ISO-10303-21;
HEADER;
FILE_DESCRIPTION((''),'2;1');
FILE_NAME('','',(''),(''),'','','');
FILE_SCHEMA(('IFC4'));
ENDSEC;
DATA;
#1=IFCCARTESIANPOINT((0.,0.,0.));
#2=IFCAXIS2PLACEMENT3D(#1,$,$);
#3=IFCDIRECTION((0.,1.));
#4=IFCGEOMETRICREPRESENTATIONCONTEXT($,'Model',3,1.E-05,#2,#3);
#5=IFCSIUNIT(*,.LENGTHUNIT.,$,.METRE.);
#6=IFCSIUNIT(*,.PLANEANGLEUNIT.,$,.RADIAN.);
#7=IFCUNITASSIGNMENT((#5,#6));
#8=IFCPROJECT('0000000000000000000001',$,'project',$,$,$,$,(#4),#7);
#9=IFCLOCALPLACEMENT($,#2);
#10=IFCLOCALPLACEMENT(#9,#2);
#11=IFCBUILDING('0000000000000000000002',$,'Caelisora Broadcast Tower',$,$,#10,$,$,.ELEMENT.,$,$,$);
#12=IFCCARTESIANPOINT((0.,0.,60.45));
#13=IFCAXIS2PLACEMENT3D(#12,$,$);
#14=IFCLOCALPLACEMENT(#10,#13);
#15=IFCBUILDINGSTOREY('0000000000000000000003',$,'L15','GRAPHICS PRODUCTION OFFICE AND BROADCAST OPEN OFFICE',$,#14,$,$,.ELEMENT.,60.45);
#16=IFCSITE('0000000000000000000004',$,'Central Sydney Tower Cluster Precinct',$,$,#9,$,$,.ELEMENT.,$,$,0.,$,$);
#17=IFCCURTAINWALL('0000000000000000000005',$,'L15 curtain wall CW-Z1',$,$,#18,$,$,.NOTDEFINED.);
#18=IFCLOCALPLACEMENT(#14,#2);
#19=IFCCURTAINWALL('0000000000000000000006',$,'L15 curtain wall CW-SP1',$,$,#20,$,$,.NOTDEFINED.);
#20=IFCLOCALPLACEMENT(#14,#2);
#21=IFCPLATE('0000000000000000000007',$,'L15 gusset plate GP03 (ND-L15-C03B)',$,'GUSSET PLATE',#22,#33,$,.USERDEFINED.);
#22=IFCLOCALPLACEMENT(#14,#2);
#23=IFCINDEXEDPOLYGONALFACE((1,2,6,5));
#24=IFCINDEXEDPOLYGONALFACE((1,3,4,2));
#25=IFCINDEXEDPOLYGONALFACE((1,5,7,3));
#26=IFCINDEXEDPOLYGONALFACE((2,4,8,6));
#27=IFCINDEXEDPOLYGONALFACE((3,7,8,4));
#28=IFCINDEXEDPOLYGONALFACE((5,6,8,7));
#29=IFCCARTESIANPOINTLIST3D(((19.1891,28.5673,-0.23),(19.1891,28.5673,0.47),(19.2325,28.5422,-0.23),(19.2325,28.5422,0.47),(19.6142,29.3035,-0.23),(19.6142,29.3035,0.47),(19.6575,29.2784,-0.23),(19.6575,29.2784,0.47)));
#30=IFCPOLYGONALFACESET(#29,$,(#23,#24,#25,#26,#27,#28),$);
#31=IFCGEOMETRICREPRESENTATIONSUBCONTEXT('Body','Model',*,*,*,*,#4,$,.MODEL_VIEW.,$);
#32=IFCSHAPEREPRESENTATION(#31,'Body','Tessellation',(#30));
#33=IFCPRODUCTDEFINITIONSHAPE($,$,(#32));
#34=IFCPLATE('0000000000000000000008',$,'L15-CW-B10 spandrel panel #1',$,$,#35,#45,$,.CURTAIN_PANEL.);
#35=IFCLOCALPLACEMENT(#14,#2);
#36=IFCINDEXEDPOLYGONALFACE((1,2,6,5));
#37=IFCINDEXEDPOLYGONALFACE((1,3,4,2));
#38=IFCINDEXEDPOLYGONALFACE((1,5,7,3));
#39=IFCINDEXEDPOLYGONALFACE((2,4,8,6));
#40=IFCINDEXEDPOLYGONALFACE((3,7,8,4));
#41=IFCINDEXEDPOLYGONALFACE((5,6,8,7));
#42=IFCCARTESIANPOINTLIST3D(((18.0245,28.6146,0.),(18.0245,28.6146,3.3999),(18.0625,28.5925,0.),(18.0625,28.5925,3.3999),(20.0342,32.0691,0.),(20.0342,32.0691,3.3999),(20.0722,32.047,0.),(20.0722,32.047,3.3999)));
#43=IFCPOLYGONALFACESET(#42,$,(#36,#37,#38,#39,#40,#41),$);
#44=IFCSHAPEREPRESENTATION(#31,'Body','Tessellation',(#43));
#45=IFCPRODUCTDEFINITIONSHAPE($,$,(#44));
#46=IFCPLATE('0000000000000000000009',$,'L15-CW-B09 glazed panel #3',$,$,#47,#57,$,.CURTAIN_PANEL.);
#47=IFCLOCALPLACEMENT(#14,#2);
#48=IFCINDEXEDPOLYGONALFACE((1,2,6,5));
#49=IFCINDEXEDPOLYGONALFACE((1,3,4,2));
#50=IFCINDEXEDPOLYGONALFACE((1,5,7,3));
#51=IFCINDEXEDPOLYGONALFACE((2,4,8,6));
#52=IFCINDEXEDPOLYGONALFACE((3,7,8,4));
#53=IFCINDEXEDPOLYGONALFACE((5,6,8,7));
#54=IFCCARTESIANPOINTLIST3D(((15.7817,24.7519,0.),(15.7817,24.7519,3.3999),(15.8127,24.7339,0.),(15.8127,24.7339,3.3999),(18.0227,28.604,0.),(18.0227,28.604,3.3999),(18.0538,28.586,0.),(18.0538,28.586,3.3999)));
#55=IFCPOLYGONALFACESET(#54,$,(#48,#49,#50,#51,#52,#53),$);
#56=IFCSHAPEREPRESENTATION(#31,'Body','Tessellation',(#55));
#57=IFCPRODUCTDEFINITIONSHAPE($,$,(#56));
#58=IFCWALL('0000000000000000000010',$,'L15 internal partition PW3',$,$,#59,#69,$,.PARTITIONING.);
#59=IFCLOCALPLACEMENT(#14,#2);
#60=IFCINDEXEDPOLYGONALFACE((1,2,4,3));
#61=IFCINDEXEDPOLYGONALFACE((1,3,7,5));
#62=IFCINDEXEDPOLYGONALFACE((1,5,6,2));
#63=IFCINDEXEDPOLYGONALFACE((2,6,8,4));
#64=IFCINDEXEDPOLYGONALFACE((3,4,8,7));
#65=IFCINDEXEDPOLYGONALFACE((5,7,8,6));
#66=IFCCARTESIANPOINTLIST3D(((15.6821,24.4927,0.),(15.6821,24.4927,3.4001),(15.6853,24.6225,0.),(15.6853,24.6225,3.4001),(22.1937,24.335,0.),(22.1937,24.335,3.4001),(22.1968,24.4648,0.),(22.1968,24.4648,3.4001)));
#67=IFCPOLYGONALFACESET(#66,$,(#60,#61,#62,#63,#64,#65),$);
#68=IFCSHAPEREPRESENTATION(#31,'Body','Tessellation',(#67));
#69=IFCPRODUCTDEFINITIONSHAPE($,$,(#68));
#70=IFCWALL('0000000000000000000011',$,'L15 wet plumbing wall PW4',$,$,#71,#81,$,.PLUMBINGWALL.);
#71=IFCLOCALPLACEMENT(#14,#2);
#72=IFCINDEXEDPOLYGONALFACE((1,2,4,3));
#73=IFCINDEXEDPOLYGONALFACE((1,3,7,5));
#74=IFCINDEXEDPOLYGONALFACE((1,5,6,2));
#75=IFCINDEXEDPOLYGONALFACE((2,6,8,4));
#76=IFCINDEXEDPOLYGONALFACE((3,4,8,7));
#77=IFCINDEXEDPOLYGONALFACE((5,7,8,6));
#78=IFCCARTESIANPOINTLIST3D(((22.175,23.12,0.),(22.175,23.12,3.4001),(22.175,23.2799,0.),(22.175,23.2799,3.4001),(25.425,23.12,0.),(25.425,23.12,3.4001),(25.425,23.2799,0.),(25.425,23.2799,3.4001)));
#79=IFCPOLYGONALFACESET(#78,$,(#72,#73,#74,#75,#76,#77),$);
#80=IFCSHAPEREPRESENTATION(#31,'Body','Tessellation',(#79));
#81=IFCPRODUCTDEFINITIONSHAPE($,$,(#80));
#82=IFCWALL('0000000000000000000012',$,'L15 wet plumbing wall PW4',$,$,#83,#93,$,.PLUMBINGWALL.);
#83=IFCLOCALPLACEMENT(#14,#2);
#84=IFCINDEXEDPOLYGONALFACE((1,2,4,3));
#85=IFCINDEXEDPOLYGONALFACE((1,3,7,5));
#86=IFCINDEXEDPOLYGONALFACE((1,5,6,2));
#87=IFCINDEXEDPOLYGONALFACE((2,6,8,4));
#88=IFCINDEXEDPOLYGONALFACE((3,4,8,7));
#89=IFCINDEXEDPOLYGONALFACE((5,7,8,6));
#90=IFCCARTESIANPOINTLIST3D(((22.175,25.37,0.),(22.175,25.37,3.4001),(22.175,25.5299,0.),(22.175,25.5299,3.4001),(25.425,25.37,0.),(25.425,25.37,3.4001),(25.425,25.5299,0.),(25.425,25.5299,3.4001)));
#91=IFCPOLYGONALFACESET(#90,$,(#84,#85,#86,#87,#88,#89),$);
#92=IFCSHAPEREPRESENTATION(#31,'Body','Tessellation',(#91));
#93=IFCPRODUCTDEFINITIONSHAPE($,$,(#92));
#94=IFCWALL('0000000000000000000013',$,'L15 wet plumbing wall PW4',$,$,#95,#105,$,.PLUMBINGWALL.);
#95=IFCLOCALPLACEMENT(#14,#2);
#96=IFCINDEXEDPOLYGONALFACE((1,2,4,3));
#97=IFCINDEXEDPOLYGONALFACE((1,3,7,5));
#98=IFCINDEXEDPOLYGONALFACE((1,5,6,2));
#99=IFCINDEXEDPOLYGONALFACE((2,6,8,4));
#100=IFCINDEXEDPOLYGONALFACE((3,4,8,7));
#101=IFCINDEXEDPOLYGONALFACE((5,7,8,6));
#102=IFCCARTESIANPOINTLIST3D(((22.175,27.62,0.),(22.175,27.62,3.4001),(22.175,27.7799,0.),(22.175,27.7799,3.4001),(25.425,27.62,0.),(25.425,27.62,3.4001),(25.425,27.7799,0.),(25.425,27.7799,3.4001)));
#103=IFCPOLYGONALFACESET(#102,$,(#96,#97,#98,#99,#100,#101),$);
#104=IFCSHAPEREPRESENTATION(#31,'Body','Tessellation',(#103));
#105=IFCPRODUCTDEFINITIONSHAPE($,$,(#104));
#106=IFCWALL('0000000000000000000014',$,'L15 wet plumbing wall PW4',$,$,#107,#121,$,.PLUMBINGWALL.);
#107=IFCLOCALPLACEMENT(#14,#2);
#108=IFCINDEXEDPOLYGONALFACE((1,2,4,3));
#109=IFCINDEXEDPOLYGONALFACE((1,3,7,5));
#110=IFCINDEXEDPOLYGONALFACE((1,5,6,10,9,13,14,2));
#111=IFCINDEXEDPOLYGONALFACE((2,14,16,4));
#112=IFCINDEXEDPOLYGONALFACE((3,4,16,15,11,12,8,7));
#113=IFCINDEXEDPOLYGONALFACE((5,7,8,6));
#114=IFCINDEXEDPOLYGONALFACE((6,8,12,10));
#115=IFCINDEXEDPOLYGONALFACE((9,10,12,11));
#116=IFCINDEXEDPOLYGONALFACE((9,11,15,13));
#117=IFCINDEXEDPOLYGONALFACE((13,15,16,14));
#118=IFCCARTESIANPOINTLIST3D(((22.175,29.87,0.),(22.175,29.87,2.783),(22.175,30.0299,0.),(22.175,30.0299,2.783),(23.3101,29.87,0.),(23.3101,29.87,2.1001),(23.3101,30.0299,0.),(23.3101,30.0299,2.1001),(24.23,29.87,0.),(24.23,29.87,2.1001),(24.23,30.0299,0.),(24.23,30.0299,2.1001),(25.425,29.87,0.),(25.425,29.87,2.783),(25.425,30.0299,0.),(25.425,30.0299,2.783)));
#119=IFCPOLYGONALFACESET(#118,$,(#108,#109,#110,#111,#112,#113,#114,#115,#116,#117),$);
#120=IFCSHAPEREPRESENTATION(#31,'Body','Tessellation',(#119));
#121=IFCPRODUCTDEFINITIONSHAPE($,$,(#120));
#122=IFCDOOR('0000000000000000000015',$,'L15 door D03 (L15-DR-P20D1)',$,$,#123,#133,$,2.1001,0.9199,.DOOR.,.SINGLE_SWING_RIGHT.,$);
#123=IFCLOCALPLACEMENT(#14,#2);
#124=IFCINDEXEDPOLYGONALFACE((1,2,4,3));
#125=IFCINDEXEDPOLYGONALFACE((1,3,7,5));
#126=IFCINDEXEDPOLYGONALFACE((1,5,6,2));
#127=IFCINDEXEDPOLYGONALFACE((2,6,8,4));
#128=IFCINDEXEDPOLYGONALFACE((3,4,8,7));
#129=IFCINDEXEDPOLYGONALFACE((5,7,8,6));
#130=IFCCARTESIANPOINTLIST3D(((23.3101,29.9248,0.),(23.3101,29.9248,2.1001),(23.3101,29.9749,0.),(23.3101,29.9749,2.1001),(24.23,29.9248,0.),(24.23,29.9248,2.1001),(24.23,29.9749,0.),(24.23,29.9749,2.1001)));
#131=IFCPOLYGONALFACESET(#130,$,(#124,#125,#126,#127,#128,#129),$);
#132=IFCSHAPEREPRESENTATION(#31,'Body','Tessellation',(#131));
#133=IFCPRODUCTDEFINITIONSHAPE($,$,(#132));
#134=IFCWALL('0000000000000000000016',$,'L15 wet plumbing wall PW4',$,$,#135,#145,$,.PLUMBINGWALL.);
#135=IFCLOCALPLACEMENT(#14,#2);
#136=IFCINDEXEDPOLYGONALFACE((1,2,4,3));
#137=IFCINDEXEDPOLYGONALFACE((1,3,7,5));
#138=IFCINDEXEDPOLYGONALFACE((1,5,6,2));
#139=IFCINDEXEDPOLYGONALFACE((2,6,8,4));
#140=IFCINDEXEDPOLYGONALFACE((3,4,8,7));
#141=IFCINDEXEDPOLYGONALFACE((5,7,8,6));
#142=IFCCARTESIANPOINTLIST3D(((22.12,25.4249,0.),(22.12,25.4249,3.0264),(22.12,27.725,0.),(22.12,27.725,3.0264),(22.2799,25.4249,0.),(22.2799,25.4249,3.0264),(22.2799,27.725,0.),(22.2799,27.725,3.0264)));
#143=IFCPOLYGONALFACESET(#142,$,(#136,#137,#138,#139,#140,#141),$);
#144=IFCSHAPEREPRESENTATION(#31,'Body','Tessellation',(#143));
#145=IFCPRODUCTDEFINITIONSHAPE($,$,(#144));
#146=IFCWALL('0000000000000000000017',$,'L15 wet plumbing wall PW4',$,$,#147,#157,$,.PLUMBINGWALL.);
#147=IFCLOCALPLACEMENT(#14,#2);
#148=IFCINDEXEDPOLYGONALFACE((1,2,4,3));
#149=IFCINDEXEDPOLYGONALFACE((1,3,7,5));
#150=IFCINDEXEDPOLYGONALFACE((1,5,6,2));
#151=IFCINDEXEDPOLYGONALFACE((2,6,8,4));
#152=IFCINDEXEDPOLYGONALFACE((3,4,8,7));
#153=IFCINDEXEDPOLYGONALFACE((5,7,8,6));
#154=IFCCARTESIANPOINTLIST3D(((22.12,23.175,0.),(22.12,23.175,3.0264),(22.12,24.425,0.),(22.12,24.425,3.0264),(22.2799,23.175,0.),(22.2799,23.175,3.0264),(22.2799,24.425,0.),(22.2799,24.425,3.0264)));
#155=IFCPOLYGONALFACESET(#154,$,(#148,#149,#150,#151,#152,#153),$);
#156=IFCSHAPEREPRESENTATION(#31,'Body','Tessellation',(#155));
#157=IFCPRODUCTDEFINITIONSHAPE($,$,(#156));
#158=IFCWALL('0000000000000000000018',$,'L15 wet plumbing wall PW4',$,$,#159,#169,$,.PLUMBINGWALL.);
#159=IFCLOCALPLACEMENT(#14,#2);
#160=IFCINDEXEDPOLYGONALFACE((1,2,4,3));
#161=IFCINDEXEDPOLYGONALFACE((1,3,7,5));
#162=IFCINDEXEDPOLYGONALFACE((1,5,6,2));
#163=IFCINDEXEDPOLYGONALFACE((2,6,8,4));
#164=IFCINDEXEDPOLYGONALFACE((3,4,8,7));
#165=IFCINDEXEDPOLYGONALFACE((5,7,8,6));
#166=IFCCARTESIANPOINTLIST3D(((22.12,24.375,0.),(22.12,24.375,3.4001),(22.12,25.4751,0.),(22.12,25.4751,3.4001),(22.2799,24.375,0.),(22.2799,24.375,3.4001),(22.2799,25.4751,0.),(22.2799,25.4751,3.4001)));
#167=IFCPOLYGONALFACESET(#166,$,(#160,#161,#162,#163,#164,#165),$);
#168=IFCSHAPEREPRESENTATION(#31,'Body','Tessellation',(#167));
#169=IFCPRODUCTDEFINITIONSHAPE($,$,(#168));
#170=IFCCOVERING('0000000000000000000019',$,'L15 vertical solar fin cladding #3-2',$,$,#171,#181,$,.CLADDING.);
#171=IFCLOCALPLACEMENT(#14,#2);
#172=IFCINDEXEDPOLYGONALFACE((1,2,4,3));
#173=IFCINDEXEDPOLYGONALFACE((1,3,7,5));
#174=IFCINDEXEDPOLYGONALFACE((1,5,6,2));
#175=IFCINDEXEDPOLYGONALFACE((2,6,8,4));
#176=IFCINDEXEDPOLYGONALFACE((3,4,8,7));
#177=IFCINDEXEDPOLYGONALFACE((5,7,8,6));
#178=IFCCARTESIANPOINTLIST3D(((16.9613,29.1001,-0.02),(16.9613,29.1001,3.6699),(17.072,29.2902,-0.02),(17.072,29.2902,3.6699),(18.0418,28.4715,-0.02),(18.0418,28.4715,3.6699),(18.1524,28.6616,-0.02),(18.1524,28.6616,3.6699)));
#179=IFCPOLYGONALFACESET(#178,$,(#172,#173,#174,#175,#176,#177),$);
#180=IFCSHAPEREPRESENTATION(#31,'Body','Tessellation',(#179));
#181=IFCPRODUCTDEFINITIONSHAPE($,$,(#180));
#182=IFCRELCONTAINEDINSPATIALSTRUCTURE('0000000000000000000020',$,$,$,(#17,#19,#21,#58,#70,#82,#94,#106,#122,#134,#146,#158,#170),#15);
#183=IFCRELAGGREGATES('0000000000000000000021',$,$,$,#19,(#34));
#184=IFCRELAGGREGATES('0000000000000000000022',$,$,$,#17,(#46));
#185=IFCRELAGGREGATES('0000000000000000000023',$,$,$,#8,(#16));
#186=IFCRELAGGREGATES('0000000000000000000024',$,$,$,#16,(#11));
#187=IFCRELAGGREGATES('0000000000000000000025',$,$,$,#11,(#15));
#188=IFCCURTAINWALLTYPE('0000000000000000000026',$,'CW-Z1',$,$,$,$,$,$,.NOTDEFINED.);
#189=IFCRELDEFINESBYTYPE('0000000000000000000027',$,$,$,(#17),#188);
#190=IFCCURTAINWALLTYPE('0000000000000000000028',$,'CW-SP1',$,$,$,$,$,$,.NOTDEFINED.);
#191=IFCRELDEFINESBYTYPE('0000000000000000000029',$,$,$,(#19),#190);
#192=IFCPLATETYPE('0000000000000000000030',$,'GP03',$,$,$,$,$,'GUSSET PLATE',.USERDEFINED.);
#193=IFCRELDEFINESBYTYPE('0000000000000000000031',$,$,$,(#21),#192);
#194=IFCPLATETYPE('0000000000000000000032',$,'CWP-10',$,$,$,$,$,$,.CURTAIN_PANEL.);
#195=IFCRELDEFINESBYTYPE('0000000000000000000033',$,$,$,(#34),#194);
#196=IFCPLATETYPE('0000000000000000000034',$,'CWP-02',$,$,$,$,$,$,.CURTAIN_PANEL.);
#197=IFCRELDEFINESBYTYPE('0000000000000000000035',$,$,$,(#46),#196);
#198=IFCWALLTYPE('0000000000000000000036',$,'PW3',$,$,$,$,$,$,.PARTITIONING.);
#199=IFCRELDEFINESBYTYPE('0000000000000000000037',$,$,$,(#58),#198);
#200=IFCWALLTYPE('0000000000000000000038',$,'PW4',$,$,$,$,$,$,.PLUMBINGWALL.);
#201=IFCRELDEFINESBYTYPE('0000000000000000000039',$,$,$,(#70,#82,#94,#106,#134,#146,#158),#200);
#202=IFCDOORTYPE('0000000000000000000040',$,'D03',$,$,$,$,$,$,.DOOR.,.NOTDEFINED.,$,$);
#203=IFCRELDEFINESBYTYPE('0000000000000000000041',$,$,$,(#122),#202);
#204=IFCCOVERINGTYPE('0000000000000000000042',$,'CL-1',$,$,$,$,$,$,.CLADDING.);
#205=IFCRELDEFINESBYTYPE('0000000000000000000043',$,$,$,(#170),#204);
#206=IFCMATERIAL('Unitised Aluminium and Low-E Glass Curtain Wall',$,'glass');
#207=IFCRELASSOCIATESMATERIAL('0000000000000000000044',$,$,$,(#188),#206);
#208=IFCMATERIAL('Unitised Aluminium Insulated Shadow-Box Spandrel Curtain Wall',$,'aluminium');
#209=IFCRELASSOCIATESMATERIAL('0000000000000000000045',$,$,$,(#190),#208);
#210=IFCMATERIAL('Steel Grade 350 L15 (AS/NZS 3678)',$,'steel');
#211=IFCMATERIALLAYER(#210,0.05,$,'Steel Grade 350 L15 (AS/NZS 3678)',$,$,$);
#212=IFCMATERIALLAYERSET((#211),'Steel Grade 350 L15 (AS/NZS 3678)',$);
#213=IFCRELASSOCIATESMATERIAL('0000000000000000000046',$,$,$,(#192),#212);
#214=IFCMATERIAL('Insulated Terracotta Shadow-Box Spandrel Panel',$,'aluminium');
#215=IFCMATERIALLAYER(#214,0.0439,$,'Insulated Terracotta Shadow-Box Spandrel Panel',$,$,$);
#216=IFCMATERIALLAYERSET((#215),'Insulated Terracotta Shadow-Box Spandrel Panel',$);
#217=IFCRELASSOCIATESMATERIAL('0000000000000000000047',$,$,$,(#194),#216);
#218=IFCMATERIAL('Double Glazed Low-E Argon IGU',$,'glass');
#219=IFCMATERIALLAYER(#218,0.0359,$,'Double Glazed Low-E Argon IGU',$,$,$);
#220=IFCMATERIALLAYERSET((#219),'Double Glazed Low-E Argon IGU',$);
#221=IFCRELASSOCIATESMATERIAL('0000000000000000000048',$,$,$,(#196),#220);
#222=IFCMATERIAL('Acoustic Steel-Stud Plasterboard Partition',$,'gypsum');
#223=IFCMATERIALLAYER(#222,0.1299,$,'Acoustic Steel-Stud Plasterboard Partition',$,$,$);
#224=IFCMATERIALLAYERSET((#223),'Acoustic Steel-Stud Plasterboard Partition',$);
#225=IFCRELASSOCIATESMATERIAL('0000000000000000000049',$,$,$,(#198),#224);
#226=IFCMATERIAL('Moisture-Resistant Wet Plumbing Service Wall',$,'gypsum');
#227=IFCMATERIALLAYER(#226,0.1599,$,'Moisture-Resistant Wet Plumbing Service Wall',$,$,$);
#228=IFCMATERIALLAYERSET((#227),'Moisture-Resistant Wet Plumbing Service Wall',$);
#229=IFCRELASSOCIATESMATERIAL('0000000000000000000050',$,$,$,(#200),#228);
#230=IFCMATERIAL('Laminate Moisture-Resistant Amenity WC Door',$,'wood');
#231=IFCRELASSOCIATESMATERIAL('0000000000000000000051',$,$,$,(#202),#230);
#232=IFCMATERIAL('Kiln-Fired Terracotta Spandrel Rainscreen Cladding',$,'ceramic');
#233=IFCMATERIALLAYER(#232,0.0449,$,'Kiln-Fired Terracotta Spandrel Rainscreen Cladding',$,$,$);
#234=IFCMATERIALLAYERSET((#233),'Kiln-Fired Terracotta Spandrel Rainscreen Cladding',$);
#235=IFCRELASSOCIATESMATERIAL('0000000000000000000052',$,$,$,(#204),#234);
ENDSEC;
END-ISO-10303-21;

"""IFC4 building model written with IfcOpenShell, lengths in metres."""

from ifc_helpers import new_model, si_unit, direction, frame, frame_2d, origin, origin_2d, place, context, subcontext, project, spatial, rectangle, extrude, source, transform, mapped, material, layer, layer_set, type_object, type_shapes, element, fill, aggregate, save


model = new_model("IFC4")

# Units and contexts
model_context = context("Model", 3, precision=1e-05, world=origin(), true_north=direction((0.0, 1.0)))
body_context = subcontext(model_context, "Body", "Model", "MODEL_VIEW")
ifc_project = project(units=[si_unit("LENGTHUNIT", "METRE"), si_unit("PLANEANGLEUNIT", "RADIAN")], contexts=[model_context])

# Site, building, storey
site_placement = place(None, origin())
site = spatial("IfcSite", under=ifc_project, at=site_placement, Name="Central Sydney Tower Cluster Precinct", CompositionType="ELEMENT", RefElevation=0.0)
building_placement = place(site_placement, origin())
building = spatial("IfcBuilding", under=site, at=building_placement, Name="Caelisora Broadcast Tower", CompositionType="ELEMENT")
storey_placement = place(building_placement, frame((0.0, 0.0, 60.45)))
storey = spatial("IfcBuildingStorey", under=building, at=storey_placement, Name="L15", Description="GRAPHICS PRODUCTION OFFICE AND BROADCAST OPEN OFFICE", CompositionType="ELEMENT", Elevation=60.45)

# Shared definitions
ifc_material_1 = material(Name="Steel Grade 350 L15 (AS/NZS 3678)", Category="steel")

# Curtain walls
ifc_material_2 = material(Name="Unitised Aluminium and Low-E Glass Curtain Wall", Category="glass")
curtain_wall_type_1 = type_object("IfcCurtainWallType", Name="CW-Z1", PredefinedType="NOTDEFINED", material=ifc_material_2)
curtain_wall_1_placement = place(storey_placement, origin())
curtain_wall_1 = element("IfcCurtainWall", 1, at=curtain_wall_1_placement, inside=storey, type_object=curtain_wall_type_1, Name="L15 curtain wall CW-Z1", PredefinedType="NOTDEFINED")
ifc_material_3 = material(Name="Unitised Aluminium Insulated Shadow-Box Spandrel Curtain Wall", Category="aluminium")
curtain_wall_type_2 = type_object("IfcCurtainWallType", Name="CW-SP1", PredefinedType="NOTDEFINED", material=ifc_material_3)
curtain_wall_2_placement = place(storey_placement, origin())
curtain_wall_2 = element("IfcCurtainWall", 2, at=curtain_wall_2_placement, inside=storey, type_object=curtain_wall_type_2, Name="L15 curtain wall CW-SP1", PredefinedType="NOTDEFINED")

# Plates
ifc_layer_1 = layer(ifc_material_1, 0.05, Name="Steel Grade 350 L15 (AS/NZS 3678)")
ifc_layer_set_1 = layer_set([ifc_layer_1], Name="Steel Grade 350 L15 (AS/NZS 3678)")
plate_type_1 = type_object("IfcPlateType", Name="GP03", ElementType="GUSSET PLATE", PredefinedType="USERDEFINED", material=ifc_layer_set_1)
shared_shape_1 = source(origin(), body_context, "Body", "SweptSolid", [
    extrude(rectangle(XDim=0.8501, YDim=0.05, at=origin_2d()), origin(), (0.0, 0.0, 1.0), 0.7),
])
type_shapes(plate_type_1, [shared_shape_1])
plate_1_placement = place(storey_placement, frame((19.4233, 28.9229, -0.23), z_axis=(0.0, 0.0, 1.0), x_axis=(-0.5, -0.866025, 0.0)))
element("IfcPlate", 3, at=plate_1_placement, inside=storey, type_object=plate_type_1, Name="L15 gusset plate GP03 (ND-L15-C03B)", ObjectType="GUSSET PLATE", PredefinedType="USERDEFINED", context=body_context, shape_type="MappedRepresentation", body=[
    mapped(shared_shape_1, transform((0.0, 0.0, 0.0), scale=1.0)),
])
ifc_material_4 = material(Name="Insulated Terracotta Shadow-Box Spandrel Panel", Category="aluminium")
ifc_layer_2 = layer(ifc_material_4, 0.0439, Name="Insulated Terracotta Shadow-Box Spandrel Panel")
ifc_layer_set_2 = layer_set([ifc_layer_2], Name="Insulated Terracotta Shadow-Box Spandrel Panel")
plate_type_2 = type_object("IfcPlateType", Name="CWP-10", PredefinedType="CURTAIN_PANEL", material=ifc_layer_set_2)
shared_shape_2 = source(origin(), body_context, "Body", "SweptSolid", [
    extrude(rectangle(XDim=3.9966, YDim=0.0439, at=origin_2d()), origin(), (0.0, 0.0, 1.0), 3.3999),
])
type_shapes(plate_type_2, [shared_shape_2])
plate_2_placement = place(storey_placement, frame((19.0483, 30.3308, 0.0), z_axis=(0.0, 0.0, 1.0), x_axis=(0.502869, 0.864363, 0.0)))
plate_2 = element("IfcPlate", 4, at=plate_2_placement, type_object=plate_type_2, Name="L15-CW-B10 spandrel panel #1", PredefinedType="CURTAIN_PANEL", context=body_context, shape_type="MappedRepresentation", body=[
    mapped(shared_shape_2, transform((0.0, 0.0, 0.0), scale=1.0)),
])
aggregate(curtain_wall_2, [plate_2])
ifc_material_5 = material(Name="Double Glazed Low-E Argon IGU", Category="glass")
ifc_layer_3 = layer(ifc_material_5, 0.0359, Name="Double Glazed Low-E Argon IGU")
ifc_layer_set_3 = layer_set([ifc_layer_3], Name="Double Glazed Low-E Argon IGU")
plate_type_3 = type_object("IfcPlateType", Name="CWP-02", PredefinedType="CURTAIN_PANEL", material=ifc_layer_set_3)
shared_shape_3 = source(origin(), body_context, "Body", "SweptSolid", [
    extrude(rectangle(XDim=4.4565, YDim=0.0359, at=origin_2d()), origin(), (0.0, 0.0, 1.0), 3.3999),
])
type_shapes(plate_type_3, [shared_shape_3])
plate_3_placement = place(storey_placement, frame((16.9177, 26.6689, 0.0), z_axis=(0.0, 0.0, 1.0), x_axis=(0.502869, 0.864363, 0.0)))
plate_3 = element("IfcPlate", 5, at=plate_3_placement, type_object=plate_type_3, Name="L15-CW-B09 glazed panel #3", PredefinedType="CURTAIN_PANEL", context=body_context, shape_type="MappedRepresentation", body=[
    mapped(shared_shape_3, transform((0.0, 0.0, 0.0), scale=1.0)),
])
aggregate(curtain_wall_1, [plate_3])

# Walls
ifc_material_6 = material(Name="Acoustic Steel-Stud Plasterboard Partition", Category="gypsum")
ifc_layer_4 = layer(ifc_material_6, 0.1299, Name="Acoustic Steel-Stud Plasterboard Partition")
ifc_layer_set_4 = layer_set([ifc_layer_4], Name="Acoustic Steel-Stud Plasterboard Partition")
wall_type_1 = type_object("IfcWallType", Name="PW3", PredefinedType="PARTITIONING", material=ifc_layer_set_4)
wall_1_placement = place(storey_placement, frame((15.6836, 24.5576, 0.0), z_axis=(0.0, 0.0, 1.0), x_axis=(0.999707, -0.024214, 0.0)))
element("IfcWall", 6, at=wall_1_placement, inside=storey, type_object=wall_type_1, Name="L15 internal partition PW3", PredefinedType="PARTITIONING", context=body_context, shape_type="SweptSolid", body=[
    extrude(rectangle(XDim=6.5134, YDim=0.1299, at=frame_2d((3.2568, 0.0))), origin(), (0.0, 0.0, 1.0), 3.4001),
])
ifc_material_7 = material(Name="Moisture-Resistant Wet Plumbing Service Wall", Category="gypsum")
ifc_layer_5 = layer(ifc_material_7, 0.1599, Name="Moisture-Resistant Wet Plumbing Service Wall")
ifc_layer_set_5 = layer_set([ifc_layer_5], Name="Moisture-Resistant Wet Plumbing Service Wall")
wall_type_2 = type_object("IfcWallType", Name="PW4", PredefinedType="PLUMBINGWALL", material=ifc_layer_set_5)
for number, where, z_axis, x_axis, name in (
    (7, (22.175, 23.2, 0.0), (0.0, 0.0, 1.0), (1.0, 0.0, 0.0), "L15 wet plumbing wall PW4"),
    (8, (22.175, 25.45, 0.0), (0.0, 0.0, 1.0), (1.0, 0.0, 0.0), "L15 wet plumbing wall PW4"),
    (9, (22.175, 27.7, 0.0), (0.0, 0.0, 1.0), (1.0, 0.0, 0.0), "L15 wet plumbing wall PW4"),
):
    element("IfcWall", number, at=place(storey_placement, frame(where, z_axis=z_axis, x_axis=x_axis)), inside=storey, type_object=wall_type_2, Name=name, PredefinedType="PLUMBINGWALL", context=body_context, shape_type="SweptSolid", body=[
        extrude(rectangle(XDim=3.25, YDim=0.1599, at=frame_2d((1.625, 0.0))), origin(), (0.0, 0.0, 1.0), 3.4001),
    ])

# Wall, opening, door
wall_2_placement = place(storey_placement, frame((22.175, 29.95, 0.0), z_axis=(0.0, 0.0, 1.0), x_axis=(1.0, 0.0, 0.0)))
wall_2 = element("IfcWall", 10, at=wall_2_placement, inside=storey, type_object=wall_type_2, Name="L15 wet plumbing wall PW4", PredefinedType="PLUMBINGWALL", context=body_context, shape_type="SweptSolid", body=[
    extrude(rectangle(XDim=3.25, YDim=0.1599, at=frame_2d((1.625, 0.0))), origin(), (0.0, 0.0, 1.0), 2.783),
])
opening_placement = place(wall_2_placement, frame((1.135, 0.0, 0.0)))
opening = element("IfcOpeningElement", 11, at=opening_placement, cuts=wall_2, PredefinedType="OPENING", context=body_context, shape_type="SweptSolid", body=[
    extrude(rectangle(XDim=0.9199, YDim=2.1001, at=frame_2d((0.46, 1.05))), frame((0.0, 0.092, 0.0), z_axis=(0.0, -1.0, 0.0), x_axis=(1.0, 0.0, 0.0)), (0.0, 0.0, 1.0), 0.1838),
])
ifc_material_8 = material(Name="Laminate Moisture-Resistant Amenity WC Door", Category="wood")
door_type = type_object("IfcDoorType", Name="D03", OperationType="NOTDEFINED", PredefinedType="DOOR", material=ifc_material_8)
door_placement = place(opening_placement, origin())
door = element("IfcDoor", 12, at=door_placement, inside=storey, type_object=door_type, Name="L15 door D03 (L15-DR-P20D1)", OperationType="SINGLE_SWING_RIGHT", OverallHeight=2.1001, OverallWidth=0.9199, PredefinedType="DOOR", context=body_context, shape_type="SweptSolid", body=[
    extrude(rectangle(XDim=0.9199, YDim=2.1001, at=frame_2d((0.46, 1.05))), frame((0.0, 0.0249, 0.0), z_axis=(0.0, -1.0, 0.0), x_axis=(1.0, 0.0, 0.0)), (0.0, 0.0, 1.0), 0.05),
])
fill(opening, door)

# Walls
wall_3_placement = place(storey_placement, frame((22.2, 25.425, 0.0), z_axis=(0.0, 0.0, 1.0), x_axis=(0.0, 1.0, 0.0)))
element("IfcWall", 13, at=wall_3_placement, inside=storey, type_object=wall_type_2, Name="L15 wet plumbing wall PW4", PredefinedType="PLUMBINGWALL", context=body_context, shape_type="SweptSolid", body=[
    extrude(rectangle(XDim=2.3, YDim=0.1599, at=frame_2d((1.1499, 0.0))), origin(), (0.0, 0.0, 1.0), 3.0264),
])
wall_4_placement = place(storey_placement, frame((22.2, 24.425, 0.0), z_axis=(0.0, 0.0, 1.0), x_axis=(0.0, -1.0, 0.0)))
element("IfcWall", 14, at=wall_4_placement, inside=storey, type_object=wall_type_2, Name="L15 wet plumbing wall PW4", PredefinedType="PLUMBINGWALL", context=body_context, shape_type="SweptSolid", body=[
    extrude(rectangle(XDim=1.25, YDim=0.1599, at=frame_2d((0.625, 0.0))), origin(), (0.0, 0.0, 1.0), 3.0264),
])
wall_5_placement = place(storey_placement, frame((22.2, 24.375, 0.0), z_axis=(0.0, 0.0, 1.0), x_axis=(0.0, 1.0, 0.0)))
element("IfcWall", 15, at=wall_5_placement, inside=storey, type_object=wall_type_2, Name="L15 wet plumbing wall PW4", PredefinedType="PLUMBINGWALL", context=body_context, shape_type="SweptSolid", body=[
    extrude(rectangle(XDim=1.1001, YDim=0.1599, at=frame_2d((0.55, 0.0))), origin(), (0.0, 0.0, 1.0), 3.4001),
])

# Covering
ifc_material_9 = material(Name="Kiln-Fired Terracotta Spandrel Rainscreen Cladding", Category="ceramic")
ifc_layer_6 = layer(ifc_material_9, 0.0449, Name="Kiln-Fired Terracotta Spandrel Rainscreen Cladding")
ifc_layer_set_6 = layer_set([ifc_layer_6], Name="Kiln-Fired Terracotta Spandrel Rainscreen Cladding")
covering_type = type_object("IfcCoveringType", Name="CL-1", PredefinedType="CLADDING", material=ifc_layer_set_6)
shared_shape_4 = source(origin(), body_context, "Body", "SweptSolid", [
    extrude(rectangle(XDim=0.22, YDim=1.25, at=origin_2d()), origin(), (0.0, 0.0, 1.0), 3.6899),
])
type_shapes(covering_type, [shared_shape_4])
covering_placement = place(storey_placement, frame((17.5569, 28.8809, -0.02), z_axis=(0.0, 0.0, 1.0), x_axis=(0.502869, 0.864363, 0.0)))
element("IfcCovering", 16, at=covering_placement, inside=storey, type_object=covering_type, Name="L15 vertical solar fin cladding #3-2", PredefinedType="CLADDING", context=body_context, shape_type="MappedRepresentation", body=[
    mapped(shared_shape_4, transform((0.0, 0.0, 0.0), scale=1.0)),
])

save(model, "model.ifc")
